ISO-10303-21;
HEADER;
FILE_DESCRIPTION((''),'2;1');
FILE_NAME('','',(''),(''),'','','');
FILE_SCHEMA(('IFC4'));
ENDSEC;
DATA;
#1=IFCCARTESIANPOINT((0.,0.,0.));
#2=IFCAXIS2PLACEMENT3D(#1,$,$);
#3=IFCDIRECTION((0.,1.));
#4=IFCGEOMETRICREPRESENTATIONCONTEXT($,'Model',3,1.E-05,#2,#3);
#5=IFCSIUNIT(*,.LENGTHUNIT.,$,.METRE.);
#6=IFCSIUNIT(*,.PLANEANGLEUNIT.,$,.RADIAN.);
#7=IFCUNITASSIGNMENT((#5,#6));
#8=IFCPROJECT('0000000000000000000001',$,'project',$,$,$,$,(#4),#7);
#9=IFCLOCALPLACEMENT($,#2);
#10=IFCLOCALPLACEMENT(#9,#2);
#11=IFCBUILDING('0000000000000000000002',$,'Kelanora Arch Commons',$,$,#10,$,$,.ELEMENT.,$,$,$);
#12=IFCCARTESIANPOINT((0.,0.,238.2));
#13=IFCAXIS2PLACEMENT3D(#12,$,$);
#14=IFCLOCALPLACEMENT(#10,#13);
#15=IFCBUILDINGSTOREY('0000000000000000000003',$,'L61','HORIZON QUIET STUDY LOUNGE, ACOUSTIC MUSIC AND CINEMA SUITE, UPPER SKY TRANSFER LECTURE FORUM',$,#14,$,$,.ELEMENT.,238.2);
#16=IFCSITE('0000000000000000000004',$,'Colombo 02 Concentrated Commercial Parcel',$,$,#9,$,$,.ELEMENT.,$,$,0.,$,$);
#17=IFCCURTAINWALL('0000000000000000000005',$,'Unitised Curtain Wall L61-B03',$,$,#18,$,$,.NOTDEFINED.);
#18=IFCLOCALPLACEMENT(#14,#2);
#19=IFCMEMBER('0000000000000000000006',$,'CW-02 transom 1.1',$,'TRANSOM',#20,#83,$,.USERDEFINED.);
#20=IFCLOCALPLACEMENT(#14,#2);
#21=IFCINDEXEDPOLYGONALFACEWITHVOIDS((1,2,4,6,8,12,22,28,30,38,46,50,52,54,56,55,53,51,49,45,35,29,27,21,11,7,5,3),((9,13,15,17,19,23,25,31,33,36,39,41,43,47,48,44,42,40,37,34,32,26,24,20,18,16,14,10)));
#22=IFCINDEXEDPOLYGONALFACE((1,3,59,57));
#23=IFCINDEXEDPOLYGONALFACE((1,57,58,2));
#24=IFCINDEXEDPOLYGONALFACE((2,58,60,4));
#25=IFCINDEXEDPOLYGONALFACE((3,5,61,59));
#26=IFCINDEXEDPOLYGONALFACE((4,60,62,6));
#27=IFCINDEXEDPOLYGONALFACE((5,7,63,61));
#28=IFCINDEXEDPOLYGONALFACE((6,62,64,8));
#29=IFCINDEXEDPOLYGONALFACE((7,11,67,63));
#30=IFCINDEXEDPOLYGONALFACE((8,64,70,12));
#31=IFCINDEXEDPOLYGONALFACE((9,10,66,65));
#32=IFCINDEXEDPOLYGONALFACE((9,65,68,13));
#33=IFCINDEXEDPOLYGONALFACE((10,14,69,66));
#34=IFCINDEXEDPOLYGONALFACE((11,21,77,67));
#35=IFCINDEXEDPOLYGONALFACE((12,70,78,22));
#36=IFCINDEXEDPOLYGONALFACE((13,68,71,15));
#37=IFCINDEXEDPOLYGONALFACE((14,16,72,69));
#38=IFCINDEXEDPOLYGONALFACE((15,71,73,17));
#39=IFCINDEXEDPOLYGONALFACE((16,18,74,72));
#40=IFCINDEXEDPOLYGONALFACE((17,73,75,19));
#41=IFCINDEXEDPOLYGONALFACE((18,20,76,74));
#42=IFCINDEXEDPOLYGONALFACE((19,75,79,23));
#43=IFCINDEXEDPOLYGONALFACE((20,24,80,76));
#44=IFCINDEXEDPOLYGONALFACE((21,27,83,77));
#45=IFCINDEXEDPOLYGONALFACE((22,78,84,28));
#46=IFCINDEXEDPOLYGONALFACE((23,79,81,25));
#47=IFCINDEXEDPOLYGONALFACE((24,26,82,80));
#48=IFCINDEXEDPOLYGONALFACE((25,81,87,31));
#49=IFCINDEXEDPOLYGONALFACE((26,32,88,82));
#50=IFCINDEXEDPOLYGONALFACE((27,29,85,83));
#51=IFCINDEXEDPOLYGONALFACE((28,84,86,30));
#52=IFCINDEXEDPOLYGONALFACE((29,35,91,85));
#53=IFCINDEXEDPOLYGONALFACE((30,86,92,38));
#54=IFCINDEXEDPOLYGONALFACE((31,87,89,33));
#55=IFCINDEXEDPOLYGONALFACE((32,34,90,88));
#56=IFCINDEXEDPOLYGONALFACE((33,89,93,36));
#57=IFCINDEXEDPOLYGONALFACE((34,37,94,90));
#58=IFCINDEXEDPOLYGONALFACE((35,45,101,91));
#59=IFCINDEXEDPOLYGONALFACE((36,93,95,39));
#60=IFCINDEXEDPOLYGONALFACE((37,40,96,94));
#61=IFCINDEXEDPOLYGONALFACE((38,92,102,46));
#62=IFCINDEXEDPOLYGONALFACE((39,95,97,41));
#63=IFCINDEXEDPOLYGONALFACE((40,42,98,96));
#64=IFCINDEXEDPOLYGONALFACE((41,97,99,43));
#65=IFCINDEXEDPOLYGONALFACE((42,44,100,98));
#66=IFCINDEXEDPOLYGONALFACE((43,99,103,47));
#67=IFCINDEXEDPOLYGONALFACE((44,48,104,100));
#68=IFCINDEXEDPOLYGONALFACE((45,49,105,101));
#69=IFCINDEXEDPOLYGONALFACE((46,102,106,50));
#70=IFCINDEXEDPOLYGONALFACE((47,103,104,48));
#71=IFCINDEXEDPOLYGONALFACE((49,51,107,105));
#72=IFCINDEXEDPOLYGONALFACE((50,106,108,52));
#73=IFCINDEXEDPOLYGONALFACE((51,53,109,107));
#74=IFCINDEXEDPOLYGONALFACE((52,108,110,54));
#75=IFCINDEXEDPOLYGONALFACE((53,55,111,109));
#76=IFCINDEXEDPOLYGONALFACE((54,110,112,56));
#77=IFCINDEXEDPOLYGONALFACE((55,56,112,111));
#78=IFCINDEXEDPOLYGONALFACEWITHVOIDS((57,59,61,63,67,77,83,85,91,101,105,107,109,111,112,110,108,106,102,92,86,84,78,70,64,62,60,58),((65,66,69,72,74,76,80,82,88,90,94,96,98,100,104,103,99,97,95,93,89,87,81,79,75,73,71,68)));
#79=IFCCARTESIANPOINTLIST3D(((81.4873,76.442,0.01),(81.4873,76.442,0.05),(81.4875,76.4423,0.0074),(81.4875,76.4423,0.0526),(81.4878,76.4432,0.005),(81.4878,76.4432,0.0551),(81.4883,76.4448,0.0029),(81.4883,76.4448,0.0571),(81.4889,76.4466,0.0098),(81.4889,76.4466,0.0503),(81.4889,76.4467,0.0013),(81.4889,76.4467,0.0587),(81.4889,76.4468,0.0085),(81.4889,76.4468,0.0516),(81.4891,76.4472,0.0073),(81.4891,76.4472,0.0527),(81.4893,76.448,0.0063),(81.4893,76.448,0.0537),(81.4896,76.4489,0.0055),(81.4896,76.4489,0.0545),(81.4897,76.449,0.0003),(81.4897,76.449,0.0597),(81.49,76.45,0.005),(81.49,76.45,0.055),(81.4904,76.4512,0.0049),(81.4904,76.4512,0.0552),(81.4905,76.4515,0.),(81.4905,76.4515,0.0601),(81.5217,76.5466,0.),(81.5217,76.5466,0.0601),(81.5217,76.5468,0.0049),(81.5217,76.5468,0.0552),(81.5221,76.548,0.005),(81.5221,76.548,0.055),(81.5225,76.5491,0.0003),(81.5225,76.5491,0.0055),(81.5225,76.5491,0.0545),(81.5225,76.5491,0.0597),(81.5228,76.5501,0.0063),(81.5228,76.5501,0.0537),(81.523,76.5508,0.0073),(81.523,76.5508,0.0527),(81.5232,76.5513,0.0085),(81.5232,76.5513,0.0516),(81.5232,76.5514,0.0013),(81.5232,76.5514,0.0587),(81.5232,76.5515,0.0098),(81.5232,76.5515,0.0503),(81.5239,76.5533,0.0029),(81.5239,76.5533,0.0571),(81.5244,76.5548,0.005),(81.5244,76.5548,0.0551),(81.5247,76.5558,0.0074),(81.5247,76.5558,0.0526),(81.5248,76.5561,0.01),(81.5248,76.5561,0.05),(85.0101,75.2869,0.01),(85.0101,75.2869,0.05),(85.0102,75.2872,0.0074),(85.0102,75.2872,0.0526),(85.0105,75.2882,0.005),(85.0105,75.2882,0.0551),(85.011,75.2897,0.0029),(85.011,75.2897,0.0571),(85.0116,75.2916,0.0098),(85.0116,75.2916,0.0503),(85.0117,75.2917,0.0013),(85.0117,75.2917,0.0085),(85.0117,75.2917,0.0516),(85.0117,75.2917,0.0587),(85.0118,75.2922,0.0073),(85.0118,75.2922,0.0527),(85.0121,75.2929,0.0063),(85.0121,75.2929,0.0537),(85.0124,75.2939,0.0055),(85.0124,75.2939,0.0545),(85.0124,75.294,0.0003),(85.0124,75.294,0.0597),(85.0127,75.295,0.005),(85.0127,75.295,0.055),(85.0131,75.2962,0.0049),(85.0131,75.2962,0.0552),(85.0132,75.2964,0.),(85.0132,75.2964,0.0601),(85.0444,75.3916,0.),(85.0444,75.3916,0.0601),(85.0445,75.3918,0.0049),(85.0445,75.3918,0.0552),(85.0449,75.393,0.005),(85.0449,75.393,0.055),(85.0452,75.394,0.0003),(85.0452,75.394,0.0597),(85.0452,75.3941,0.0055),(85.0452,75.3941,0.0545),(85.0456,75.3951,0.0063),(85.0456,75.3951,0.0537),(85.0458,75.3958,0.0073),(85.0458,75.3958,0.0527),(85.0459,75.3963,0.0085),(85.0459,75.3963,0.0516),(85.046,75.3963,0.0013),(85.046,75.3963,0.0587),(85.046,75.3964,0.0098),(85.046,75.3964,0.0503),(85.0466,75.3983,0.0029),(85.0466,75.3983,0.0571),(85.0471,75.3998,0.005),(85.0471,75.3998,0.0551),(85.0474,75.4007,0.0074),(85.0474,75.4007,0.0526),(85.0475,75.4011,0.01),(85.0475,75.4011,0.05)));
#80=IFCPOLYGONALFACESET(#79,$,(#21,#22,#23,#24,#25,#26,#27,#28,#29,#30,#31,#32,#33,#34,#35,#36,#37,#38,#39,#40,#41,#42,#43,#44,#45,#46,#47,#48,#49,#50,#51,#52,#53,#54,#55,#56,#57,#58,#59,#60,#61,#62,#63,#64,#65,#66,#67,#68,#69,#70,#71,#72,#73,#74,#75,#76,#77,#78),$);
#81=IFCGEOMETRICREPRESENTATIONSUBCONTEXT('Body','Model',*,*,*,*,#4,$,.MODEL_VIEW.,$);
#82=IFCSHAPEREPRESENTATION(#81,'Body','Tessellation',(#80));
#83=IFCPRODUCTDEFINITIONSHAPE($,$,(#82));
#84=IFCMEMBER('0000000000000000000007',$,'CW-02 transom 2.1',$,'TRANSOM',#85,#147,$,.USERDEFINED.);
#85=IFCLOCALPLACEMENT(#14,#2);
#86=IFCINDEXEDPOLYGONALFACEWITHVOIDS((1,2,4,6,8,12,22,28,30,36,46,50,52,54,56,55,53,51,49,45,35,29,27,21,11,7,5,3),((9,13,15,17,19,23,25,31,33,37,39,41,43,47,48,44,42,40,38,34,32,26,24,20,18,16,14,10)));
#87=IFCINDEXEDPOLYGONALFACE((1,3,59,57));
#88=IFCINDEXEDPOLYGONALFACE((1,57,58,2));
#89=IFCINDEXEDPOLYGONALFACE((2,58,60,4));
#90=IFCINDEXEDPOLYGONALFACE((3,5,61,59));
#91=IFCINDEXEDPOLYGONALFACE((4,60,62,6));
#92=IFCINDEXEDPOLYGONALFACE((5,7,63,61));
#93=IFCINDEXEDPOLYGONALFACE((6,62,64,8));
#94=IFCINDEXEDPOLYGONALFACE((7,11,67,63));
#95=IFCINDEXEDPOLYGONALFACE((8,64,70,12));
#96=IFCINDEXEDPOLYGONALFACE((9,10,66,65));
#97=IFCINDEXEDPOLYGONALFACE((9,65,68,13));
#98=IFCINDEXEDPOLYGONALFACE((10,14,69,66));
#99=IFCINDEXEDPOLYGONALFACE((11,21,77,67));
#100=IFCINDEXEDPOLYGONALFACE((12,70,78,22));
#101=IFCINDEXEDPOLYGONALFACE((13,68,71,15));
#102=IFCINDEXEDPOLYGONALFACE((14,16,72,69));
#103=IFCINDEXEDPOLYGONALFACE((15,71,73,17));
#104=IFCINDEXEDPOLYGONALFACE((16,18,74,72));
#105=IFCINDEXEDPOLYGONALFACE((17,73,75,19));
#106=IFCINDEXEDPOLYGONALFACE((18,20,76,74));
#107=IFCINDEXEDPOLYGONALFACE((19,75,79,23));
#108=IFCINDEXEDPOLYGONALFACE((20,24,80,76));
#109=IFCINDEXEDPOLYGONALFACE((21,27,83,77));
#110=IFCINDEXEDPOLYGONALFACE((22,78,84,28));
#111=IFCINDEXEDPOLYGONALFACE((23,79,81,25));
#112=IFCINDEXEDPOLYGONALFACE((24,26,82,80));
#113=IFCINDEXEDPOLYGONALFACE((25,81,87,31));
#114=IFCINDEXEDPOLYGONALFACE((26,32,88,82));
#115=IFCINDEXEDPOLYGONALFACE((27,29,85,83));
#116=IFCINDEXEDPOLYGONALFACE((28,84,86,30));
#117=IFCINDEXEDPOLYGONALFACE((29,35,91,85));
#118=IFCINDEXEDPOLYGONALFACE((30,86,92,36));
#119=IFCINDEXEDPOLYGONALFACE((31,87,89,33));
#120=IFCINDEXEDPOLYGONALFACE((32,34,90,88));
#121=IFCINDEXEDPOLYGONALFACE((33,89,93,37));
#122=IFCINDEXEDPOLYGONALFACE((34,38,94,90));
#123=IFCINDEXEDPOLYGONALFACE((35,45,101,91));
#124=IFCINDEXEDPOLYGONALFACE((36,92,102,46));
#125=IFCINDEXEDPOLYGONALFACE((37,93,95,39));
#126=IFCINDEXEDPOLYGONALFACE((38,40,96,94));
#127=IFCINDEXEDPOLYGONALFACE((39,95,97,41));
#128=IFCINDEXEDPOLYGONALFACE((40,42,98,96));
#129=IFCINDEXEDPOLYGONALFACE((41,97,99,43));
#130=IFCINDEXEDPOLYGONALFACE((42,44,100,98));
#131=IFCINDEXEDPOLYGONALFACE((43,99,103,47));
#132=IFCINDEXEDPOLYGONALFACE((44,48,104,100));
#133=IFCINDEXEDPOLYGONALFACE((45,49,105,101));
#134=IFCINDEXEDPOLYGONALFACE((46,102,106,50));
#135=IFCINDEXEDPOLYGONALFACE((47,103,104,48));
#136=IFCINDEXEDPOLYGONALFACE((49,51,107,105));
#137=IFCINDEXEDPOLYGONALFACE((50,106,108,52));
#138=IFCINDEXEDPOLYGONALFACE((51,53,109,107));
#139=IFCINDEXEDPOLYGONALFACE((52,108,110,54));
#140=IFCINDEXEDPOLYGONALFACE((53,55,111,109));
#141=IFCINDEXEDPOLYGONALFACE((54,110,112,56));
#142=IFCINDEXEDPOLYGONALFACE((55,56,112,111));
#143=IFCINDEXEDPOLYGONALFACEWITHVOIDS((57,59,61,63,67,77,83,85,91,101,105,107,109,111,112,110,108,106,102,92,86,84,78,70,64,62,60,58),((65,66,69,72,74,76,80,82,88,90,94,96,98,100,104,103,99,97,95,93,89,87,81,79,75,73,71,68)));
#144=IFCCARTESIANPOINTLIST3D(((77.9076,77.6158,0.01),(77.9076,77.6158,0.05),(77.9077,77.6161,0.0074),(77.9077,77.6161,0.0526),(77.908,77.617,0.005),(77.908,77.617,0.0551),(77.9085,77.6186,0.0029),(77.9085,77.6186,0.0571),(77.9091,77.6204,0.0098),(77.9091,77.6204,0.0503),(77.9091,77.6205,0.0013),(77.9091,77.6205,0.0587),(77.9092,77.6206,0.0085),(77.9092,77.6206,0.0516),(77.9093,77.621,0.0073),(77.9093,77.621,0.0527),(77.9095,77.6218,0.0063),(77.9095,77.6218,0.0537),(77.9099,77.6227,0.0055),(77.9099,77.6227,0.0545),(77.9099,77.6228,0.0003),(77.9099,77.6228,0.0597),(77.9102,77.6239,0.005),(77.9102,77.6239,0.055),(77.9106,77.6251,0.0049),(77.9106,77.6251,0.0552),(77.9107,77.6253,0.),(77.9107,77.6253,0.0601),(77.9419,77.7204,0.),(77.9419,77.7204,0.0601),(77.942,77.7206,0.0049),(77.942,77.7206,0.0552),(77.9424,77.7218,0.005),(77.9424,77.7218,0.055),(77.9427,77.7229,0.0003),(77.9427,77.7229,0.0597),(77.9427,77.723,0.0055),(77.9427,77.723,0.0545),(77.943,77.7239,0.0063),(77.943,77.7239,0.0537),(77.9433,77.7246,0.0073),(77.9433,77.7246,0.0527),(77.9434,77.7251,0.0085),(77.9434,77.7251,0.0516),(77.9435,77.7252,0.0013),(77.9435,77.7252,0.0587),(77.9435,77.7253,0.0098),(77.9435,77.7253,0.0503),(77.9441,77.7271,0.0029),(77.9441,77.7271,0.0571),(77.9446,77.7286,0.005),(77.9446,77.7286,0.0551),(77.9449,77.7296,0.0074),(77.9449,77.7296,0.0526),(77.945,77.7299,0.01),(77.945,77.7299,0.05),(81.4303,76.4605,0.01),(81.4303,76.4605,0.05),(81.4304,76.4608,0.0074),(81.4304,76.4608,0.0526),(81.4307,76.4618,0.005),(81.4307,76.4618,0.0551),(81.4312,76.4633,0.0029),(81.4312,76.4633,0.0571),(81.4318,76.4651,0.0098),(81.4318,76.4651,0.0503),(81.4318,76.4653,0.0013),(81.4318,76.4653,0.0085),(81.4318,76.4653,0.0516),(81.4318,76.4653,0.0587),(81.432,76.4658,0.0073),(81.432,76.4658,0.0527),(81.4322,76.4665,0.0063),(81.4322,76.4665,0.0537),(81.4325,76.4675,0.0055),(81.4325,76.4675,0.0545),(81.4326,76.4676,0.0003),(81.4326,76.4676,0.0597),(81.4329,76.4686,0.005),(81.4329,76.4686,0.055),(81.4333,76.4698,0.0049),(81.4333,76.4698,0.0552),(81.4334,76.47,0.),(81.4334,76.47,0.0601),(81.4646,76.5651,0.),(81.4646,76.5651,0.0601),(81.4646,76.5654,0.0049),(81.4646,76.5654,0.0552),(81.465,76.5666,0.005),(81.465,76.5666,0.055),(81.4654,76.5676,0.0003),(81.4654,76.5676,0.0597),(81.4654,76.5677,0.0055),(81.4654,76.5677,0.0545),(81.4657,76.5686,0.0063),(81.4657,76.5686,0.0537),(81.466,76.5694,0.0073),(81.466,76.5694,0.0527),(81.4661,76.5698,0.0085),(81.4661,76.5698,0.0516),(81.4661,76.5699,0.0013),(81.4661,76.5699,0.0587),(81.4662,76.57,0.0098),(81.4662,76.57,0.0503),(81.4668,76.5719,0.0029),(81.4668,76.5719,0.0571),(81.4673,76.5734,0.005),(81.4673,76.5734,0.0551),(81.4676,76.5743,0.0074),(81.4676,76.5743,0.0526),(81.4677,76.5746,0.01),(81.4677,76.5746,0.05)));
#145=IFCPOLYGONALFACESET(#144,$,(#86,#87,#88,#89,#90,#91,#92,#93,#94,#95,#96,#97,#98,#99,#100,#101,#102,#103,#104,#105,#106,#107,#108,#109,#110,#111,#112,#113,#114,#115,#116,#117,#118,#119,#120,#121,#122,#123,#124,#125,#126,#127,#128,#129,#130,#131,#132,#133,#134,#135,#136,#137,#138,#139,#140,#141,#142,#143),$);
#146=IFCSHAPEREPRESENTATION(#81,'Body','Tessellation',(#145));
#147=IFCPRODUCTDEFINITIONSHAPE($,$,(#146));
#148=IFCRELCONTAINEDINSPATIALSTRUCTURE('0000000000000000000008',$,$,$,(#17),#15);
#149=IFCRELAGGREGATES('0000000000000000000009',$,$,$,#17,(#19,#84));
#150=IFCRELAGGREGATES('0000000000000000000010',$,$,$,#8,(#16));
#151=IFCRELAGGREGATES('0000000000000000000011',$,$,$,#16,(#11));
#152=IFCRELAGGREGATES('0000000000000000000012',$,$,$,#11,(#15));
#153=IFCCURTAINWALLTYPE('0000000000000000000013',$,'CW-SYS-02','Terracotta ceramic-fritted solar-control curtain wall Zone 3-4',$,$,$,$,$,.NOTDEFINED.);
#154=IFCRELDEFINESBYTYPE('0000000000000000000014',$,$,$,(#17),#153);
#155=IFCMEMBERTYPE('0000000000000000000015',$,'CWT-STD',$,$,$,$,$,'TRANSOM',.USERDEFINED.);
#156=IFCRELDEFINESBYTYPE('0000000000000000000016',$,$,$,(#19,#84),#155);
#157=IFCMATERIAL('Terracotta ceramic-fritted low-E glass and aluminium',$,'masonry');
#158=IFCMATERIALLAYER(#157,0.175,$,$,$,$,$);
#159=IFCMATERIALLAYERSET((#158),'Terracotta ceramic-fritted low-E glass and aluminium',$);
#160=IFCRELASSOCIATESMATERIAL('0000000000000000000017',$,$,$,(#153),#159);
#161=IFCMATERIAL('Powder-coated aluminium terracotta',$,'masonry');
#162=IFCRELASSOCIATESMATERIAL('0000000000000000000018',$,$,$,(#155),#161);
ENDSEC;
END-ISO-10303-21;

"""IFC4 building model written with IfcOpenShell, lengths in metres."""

from ifc_helpers import new_model, si_unit, direction, frame, origin, origin_2d, place, context, subcontext, project, spatial, hollow_rectangle, extrude, material, layer, layer_set, material_profile, profile_set, type_object, element, aggregate, save


model = new_model("IFC4")

# Units and contexts
model_context = context("Model", 3, precision=1e-05, world=origin(), true_north=direction((0.0, 1.0)))
body_context = subcontext(model_context, "Body", "Model", "MODEL_VIEW")
ifc_project = project(units=[si_unit("LENGTHUNIT", "METRE"), si_unit("PLANEANGLEUNIT", "RADIAN")], contexts=[model_context])

# Site, building, storey
site_placement = place(None, origin())
site = spatial("IfcSite", under=ifc_project, at=site_placement, Name="Colombo 02 Concentrated Commercial Parcel", CompositionType="ELEMENT", RefElevation=0.0)
building_placement = place(site_placement, origin())
building = spatial("IfcBuilding", under=site, at=building_placement, Name="Kelanora Arch Commons", CompositionType="ELEMENT")
storey_placement = place(building_placement, frame((0.0, 0.0, 238.2)))
storey = spatial("IfcBuildingStorey", under=building, at=storey_placement, Name="L61", Description="HORIZON QUIET STUDY LOUNGE, ACOUSTIC MUSIC AND CINEMA SUITE, UPPER SKY TRANSFER LECTURE FORUM", CompositionType="ELEMENT", Elevation=238.2)

# Curtain wall, members
ifc_material_1 = material(Name="Terracotta ceramic-fritted low-E glass and aluminium", Category="masonry")
ifc_layer_1 = layer(ifc_material_1, 0.175)
ifc_layer_set_1 = layer_set([ifc_layer_1], Name="Terracotta ceramic-fritted low-E glass and aluminium")
curtain_wall_type = type_object("IfcCurtainWallType", Name="CW-SYS-02", Description="Terracotta ceramic-fritted solar-control curtain wall Zone 3-4", PredefinedType="NOTDEFINED", material=ifc_layer_set_1)
curtain_wall_placement = place(storey_placement, origin())
curtain_wall = element("IfcCurtainWall", 1, at=curtain_wall_placement, inside=storey, type_object=curtain_wall_type, Name="Unitised Curtain Wall L61-B03", PredefinedType="NOTDEFINED")
ifc_material_2 = material(Name="Powder-coated aluminium terracotta", Category="masonry")
ifc_material_profile_1 = material_profile(ifc_material_2, hollow_rectangle(XDim=0.1201, YDim=0.0601, WallThickness=0.0049, InnerFilletRadius=0.0049, OuterFilletRadius=0.01, at=origin_2d()), Name="CWT120x60")
ifc_profile_set_1 = profile_set([ifc_material_profile_1], Name="Powder-coated aluminium terracotta")
member_type_1 = type_object("IfcMemberType", Name="CWT-STD", ElementType="TRANSOM", PredefinedType="USERDEFINED", material=ifc_profile_set_1)
member_1_placement = place(storey_placement, frame((85.0288, 75.344, 0.03), z_axis=(-0.950226, 0.311561, 0.0), x_axis=(-0.311561, -0.950226, 0.0)))
member_1 = element("IfcMember", 2, at=member_1_placement, type_object=member_type_1, Name="CW-02 transom 1.1", ObjectType="TRANSOM", PredefinedType="USERDEFINED", context=body_context, shape_type="SweptSolid", body=[
    extrude(hollow_rectangle(XDim=0.1201, YDim=0.0601, WallThickness=0.0049, InnerFilletRadius=0.0049, OuterFilletRadius=0.01, at=origin_2d()), origin(), (0.0, 0.0, 1.0), 3.7073),
])
member_2_placement = place(storey_placement, frame((81.449, 76.5176, 0.03), z_axis=(-0.950207, 0.311621, 0.0), x_axis=(-0.311621, -0.950207, 0.0)))
member_2 = element("IfcMember", 3, at=member_2_placement, type_object=member_type_1, Name="CW-02 transom 2.1", ObjectType="TRANSOM", PredefinedType="USERDEFINED", context=body_context, shape_type="SweptSolid", body=[
    extrude(hollow_rectangle(XDim=0.1201, YDim=0.0601, WallThickness=0.0049, InnerFilletRadius=0.0049, OuterFilletRadius=0.01, at=origin_2d()), origin(), (0.0, 0.0, 1.0), 3.7073),
])
aggregate(curtain_wall, [member_1, member_2])

save(model, "model.ifc")
